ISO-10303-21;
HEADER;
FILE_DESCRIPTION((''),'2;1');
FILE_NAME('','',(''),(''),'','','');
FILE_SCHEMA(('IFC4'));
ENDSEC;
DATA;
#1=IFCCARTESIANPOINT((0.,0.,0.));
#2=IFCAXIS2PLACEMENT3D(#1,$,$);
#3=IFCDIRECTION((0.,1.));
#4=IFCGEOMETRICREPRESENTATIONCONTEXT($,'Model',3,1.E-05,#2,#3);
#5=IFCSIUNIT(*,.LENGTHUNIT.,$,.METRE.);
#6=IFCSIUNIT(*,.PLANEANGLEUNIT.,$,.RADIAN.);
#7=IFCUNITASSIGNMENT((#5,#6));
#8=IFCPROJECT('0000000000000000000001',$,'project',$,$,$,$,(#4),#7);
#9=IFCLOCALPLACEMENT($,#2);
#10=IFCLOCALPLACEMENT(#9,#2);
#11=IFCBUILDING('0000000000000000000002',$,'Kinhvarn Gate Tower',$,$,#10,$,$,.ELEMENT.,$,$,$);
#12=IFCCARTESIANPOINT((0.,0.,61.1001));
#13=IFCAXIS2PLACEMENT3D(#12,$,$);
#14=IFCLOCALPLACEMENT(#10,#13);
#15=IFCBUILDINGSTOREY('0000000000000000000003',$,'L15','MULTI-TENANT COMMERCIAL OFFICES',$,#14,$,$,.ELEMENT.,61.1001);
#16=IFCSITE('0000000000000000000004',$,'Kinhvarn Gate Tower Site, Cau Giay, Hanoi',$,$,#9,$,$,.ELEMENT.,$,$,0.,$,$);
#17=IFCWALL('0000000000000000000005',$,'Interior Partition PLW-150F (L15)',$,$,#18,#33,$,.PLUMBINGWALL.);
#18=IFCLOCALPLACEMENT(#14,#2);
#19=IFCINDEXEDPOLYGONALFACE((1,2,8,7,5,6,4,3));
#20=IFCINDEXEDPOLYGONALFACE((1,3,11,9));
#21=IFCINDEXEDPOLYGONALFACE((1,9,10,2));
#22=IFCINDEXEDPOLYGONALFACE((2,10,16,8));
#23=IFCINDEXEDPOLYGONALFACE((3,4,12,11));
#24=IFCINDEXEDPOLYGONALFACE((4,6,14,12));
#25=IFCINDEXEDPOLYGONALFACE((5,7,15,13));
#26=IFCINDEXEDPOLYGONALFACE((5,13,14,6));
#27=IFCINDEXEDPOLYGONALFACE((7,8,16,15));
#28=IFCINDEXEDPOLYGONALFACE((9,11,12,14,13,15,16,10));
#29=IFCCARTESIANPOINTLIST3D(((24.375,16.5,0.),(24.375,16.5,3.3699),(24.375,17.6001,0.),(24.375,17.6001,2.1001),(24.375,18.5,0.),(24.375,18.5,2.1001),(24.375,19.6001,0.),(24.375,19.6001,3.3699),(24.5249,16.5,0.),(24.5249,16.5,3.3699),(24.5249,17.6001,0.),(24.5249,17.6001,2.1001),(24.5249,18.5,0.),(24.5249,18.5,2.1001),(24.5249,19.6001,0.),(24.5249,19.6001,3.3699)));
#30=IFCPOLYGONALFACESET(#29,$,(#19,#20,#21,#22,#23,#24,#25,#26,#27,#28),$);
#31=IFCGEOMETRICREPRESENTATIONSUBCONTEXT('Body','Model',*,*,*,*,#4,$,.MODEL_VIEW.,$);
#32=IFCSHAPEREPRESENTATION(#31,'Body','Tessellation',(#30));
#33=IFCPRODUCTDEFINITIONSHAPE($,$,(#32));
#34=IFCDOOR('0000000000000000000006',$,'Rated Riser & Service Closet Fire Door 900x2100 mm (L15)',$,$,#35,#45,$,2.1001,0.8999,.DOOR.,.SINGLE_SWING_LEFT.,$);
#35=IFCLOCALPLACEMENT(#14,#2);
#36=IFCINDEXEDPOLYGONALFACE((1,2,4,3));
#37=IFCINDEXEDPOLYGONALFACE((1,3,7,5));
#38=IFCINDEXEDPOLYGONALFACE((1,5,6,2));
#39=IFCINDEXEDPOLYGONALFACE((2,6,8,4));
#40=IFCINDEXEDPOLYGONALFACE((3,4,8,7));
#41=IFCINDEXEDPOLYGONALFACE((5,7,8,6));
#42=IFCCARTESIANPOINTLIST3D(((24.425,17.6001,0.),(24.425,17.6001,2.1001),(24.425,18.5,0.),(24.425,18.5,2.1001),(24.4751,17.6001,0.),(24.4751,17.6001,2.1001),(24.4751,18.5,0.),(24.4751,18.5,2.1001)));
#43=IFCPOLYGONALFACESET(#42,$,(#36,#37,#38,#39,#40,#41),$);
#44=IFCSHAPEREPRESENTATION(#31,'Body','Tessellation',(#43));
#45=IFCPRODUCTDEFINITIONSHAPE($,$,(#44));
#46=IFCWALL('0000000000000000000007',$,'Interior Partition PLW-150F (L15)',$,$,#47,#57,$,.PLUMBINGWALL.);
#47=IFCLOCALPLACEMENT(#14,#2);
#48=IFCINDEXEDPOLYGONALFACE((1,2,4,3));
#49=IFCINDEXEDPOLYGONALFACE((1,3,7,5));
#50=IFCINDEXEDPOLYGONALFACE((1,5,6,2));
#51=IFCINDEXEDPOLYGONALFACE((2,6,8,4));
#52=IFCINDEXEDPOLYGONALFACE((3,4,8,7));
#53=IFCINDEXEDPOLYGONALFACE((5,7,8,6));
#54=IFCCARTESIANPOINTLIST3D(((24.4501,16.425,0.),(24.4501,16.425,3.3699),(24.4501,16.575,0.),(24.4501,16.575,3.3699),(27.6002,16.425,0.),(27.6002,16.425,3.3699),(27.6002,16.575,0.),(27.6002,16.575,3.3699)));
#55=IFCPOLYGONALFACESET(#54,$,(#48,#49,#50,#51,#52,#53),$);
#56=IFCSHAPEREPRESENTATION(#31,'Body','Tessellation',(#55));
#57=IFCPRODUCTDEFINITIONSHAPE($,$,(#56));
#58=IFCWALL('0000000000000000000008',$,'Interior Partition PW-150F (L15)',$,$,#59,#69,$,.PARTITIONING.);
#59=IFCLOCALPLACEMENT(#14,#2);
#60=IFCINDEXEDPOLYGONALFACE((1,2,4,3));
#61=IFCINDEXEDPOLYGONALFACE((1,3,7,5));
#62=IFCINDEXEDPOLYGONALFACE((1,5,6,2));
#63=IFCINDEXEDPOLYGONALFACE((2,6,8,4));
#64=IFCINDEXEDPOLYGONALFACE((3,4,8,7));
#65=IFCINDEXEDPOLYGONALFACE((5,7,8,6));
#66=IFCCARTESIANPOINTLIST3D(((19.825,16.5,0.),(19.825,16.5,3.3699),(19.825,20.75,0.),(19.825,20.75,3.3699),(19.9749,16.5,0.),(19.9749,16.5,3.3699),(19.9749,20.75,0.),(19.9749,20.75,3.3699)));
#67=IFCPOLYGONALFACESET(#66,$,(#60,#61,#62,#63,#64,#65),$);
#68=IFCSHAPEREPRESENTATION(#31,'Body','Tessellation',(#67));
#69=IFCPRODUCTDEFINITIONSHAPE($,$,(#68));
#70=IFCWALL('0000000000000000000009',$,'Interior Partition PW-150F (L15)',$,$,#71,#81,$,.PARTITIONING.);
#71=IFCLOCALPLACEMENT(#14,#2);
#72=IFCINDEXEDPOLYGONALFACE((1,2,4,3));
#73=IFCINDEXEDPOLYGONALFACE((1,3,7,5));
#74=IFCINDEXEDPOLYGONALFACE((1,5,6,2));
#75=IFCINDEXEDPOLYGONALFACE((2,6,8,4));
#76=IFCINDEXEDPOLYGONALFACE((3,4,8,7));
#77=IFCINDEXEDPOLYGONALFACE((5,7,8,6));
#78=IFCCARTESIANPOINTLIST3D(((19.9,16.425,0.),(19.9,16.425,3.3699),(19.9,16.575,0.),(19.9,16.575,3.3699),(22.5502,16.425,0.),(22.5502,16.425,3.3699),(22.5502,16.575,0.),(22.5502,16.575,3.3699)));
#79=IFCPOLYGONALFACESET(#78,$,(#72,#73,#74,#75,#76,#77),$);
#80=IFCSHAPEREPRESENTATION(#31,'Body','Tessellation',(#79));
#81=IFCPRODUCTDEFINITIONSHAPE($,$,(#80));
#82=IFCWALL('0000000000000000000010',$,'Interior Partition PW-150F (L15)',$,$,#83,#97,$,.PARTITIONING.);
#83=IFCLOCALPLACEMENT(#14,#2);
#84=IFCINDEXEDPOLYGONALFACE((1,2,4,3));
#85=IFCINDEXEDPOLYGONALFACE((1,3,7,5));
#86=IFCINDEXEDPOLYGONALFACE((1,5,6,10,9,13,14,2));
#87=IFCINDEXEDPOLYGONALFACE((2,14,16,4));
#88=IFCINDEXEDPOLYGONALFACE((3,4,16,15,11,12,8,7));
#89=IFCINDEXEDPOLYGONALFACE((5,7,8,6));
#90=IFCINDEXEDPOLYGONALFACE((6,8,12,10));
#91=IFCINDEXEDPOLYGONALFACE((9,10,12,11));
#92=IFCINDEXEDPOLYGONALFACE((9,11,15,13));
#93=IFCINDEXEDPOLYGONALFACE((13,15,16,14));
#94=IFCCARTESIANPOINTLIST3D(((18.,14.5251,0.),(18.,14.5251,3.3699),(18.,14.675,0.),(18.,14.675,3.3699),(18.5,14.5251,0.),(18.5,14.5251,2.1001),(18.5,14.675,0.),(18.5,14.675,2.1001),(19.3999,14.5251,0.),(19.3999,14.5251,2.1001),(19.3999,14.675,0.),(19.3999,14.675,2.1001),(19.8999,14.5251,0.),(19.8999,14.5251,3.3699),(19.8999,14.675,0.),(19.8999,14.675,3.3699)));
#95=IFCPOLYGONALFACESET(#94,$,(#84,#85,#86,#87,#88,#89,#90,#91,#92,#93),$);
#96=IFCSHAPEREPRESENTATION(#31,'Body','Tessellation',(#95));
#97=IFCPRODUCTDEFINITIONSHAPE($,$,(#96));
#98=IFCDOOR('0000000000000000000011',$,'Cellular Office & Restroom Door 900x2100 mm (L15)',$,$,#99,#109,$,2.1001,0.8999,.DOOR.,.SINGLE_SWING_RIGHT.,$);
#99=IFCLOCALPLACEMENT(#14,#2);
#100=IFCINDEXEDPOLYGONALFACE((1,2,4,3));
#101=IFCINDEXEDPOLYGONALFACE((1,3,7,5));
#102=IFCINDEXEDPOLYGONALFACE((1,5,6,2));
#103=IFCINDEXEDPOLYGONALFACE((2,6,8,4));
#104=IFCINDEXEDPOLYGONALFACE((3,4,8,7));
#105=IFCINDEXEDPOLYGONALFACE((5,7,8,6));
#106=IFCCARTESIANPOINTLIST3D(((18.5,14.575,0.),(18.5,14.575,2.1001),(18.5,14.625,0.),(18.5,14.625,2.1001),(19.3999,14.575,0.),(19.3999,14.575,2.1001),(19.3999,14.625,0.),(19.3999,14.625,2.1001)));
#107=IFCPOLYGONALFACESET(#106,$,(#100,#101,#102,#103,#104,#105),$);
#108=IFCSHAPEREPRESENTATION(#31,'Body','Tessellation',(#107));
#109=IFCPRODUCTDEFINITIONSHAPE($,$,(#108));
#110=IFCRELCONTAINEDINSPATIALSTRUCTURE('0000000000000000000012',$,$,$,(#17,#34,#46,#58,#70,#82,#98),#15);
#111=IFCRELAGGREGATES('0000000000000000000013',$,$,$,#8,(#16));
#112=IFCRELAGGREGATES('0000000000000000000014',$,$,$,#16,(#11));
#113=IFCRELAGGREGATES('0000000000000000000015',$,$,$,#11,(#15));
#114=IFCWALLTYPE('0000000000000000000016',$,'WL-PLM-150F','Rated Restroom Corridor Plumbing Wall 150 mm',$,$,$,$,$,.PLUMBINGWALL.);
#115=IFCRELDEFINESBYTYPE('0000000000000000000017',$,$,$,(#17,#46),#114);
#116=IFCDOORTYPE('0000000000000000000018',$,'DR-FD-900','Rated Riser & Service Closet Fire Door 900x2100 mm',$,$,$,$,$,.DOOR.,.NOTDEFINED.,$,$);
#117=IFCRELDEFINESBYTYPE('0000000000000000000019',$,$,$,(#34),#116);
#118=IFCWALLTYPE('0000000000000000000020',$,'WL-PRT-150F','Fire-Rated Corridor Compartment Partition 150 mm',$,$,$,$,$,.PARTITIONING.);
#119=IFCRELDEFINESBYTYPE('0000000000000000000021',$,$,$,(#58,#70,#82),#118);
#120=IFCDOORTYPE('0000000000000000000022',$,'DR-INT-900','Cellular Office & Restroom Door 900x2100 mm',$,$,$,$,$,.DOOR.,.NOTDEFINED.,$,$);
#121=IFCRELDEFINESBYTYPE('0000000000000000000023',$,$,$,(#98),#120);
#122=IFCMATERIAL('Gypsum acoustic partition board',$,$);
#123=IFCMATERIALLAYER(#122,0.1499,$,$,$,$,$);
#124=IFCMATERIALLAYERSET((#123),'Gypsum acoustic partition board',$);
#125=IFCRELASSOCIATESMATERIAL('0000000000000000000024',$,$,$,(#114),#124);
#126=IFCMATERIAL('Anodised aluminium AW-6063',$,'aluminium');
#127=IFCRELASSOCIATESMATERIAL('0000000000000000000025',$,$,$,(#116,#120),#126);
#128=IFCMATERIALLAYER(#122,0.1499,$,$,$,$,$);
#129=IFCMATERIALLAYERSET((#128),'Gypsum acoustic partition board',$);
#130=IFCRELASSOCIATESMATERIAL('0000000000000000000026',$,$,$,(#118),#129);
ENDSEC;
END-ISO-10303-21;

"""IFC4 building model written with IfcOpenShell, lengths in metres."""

from ifc_helpers import new_model, si_unit, direction, frame, frame_2d, origin, place, context, subcontext, project, spatial, rectangle, extrude, material, layer, layer_set, type_object, element, fill, save


model = new_model("IFC4")

# Units and contexts
model_context = context("Model", 3, precision=1e-05, world=origin(), true_north=direction((0.0, 1.0)))
body_context = subcontext(model_context, "Body", "Model", "MODEL_VIEW")
ifc_project = project(units=[si_unit("LENGTHUNIT", "METRE"), si_unit("PLANEANGLEUNIT", "RADIAN")], contexts=[model_context])

# Site, building, storey
site_placement = place(None, origin())
site = spatial("IfcSite", under=ifc_project, at=site_placement, Name="Kinhvarn Gate Tower Site, Cau Giay, Hanoi", CompositionType="ELEMENT", RefElevation=0.0)
building_placement = place(site_placement, origin())
building = spatial("IfcBuilding", under=site, at=building_placement, Name="Kinhvarn Gate Tower", CompositionType="ELEMENT")
storey_placement = place(building_placement, frame((0.0, 0.0, 61.1001)))
storey = spatial("IfcBuildingStorey", under=building, at=storey_placement, Name="L15", Description="MULTI-TENANT COMMERCIAL OFFICES", CompositionType="ELEMENT", Elevation=61.1001)

# Wall, opening, door
ifc_material_1 = material(Name="Gypsum acoustic partition board")
ifc_layer_1 = layer(ifc_material_1, 0.1499)
ifc_layer_set_1 = layer_set([ifc_layer_1], Name="Gypsum acoustic partition board")
wall_type_1 = type_object("IfcWallType", Name="WL-PLM-150F", Description="Rated Restroom Corridor Plumbing Wall 150 mm", PredefinedType="PLUMBINGWALL", material=ifc_layer_set_1)
wall_1_placement = place(storey_placement, frame((24.45, 16.5, 0.0), z_axis=(0.0, 0.0, 1.0), x_axis=(0.0, 1.0, 0.0)))
wall_1 = element("IfcWall", 1, at=wall_1_placement, inside=storey, type_object=wall_type_1, Name="Interior Partition PLW-150F (L15)", PredefinedType="PLUMBINGWALL", context=body_context, shape_type="SweptSolid", body=[
    extrude(rectangle(XDim=3.1001, YDim=0.1499, at=frame_2d((1.55, 0.0))), origin(), (0.0, 0.0, 1.0), 3.3699),
])
opening_1_placement = place(wall_1_placement, frame((1.1001, 0.0, 0.0)))
opening_1 = element("IfcOpeningElement", 2, at=opening_1_placement, cuts=wall_1, PredefinedType="OPENING", context=body_context, shape_type="SweptSolid", body=[
    extrude(rectangle(XDim=0.8999, YDim=2.1001, at=frame_2d((0.45, 1.05))), frame((0.0, 0.085, 0.0), z_axis=(0.0, -1.0, 0.0), x_axis=(1.0, 0.0, 0.0)), (0.0, 0.0, 1.0), 0.1699),
])
ifc_material_2 = material(Name="Anodised aluminium AW-6063", Category="aluminium")
door_type_1 = type_object("IfcDoorType", Name="DR-FD-900", Description="Rated Riser & Service Closet Fire Door 900x2100 mm", OperationType="NOTDEFINED", PredefinedType="DOOR", material=ifc_material_2)
door_1_placement = place(opening_1_placement, origin())
door_1 = element("IfcDoor", 3, at=door_1_placement, inside=storey, type_object=door_type_1, Name="Rated Riser & Service Closet Fire Door 900x2100 mm (L15)", OperationType="SINGLE_SWING_LEFT", OverallHeight=2.1001, OverallWidth=0.8999, PredefinedType="DOOR", context=body_context, shape_type="SweptSolid", body=[
    extrude(rectangle(XDim=0.8999, YDim=2.1001, at=frame_2d((0.45, 1.05))), frame((0.0, 0.0249, 0.0), z_axis=(0.0, -1.0, 0.0), x_axis=(1.0, 0.0, 0.0)), (0.0, 0.0, 1.0), 0.05),
])
fill(opening_1, door_1)

# Wall
wall_2_placement = place(storey_placement, frame((24.45, 16.5, 0.0), z_axis=(0.0, 0.0, 1.0), x_axis=(1.0, 0.0, 0.0)))
element("IfcWall", 4, at=wall_2_placement, inside=storey, type_object=wall_type_1, Name="Interior Partition PLW-150F (L15)", PredefinedType="PLUMBINGWALL", context=body_context, shape_type="SweptSolid", body=[
    extrude(rectangle(XDim=3.1501, YDim=0.1499, at=frame_2d((1.5752, 0.0))), origin(), (0.0, 0.0, 1.0), 3.3699),
])

# Shared definitions
ifc_layer_2 = layer(ifc_material_1, 0.1499)
ifc_layer_set_2 = layer_set([ifc_layer_2], Name="Gypsum acoustic partition board")
wall_type_2 = type_object("IfcWallType", Name="WL-PRT-150F", Description="Fire-Rated Corridor Compartment Partition 150 mm", PredefinedType="PARTITIONING", material=ifc_layer_set_2)

# Walls
wall_3_placement = place(storey_placement, frame((19.8999, 16.5, 0.0), z_axis=(0.0, 0.0, 1.0), x_axis=(0.0, 1.0, 0.0)))
element("IfcWall", 5, at=wall_3_placement, inside=storey, type_object=wall_type_2, Name="Interior Partition PW-150F (L15)", PredefinedType="PARTITIONING", context=body_context, shape_type="SweptSolid", body=[
    extrude(rectangle(XDim=4.25, YDim=0.1499, at=frame_2d((2.125, 0.0))), origin(), (0.0, 0.0, 1.0), 3.3699),
])
wall_4_placement = place(storey_placement, frame((19.8999, 16.5, 0.0), z_axis=(0.0, 0.0, 1.0), x_axis=(1.0, 0.0, 0.0)))
element("IfcWall", 6, at=wall_4_placement, inside=storey, type_object=wall_type_2, Name="Interior Partition PW-150F (L15)", PredefinedType="PARTITIONING", context=body_context, shape_type="SweptSolid", body=[
    extrude(rectangle(XDim=2.6501, YDim=0.1499, at=frame_2d((1.3252, 0.0))), origin(), (0.0, 0.0, 1.0), 3.3699),
])

# Wall, opening, door
wall_5_placement = place(storey_placement, frame((18.0, 14.6001, 0.0), z_axis=(0.0, 0.0, 1.0), x_axis=(1.0, 0.0, 0.0)))
wall_5 = element("IfcWall", 7, at=wall_5_placement, inside=storey, type_object=wall_type_2, Name="Interior Partition PW-150F (L15)", PredefinedType="PARTITIONING", context=body_context, shape_type="SweptSolid", body=[
    extrude(rectangle(XDim=1.8999, YDim=0.1499, at=frame_2d((0.95, 0.0))), origin(), (0.0, 0.0, 1.0), 3.3699),
])
opening_2_placement = place(wall_5_placement, frame((0.5, 0.0, 0.0)))
opening_2 = element("IfcOpeningElement", 8, at=opening_2_placement, cuts=wall_5, PredefinedType="OPENING", context=body_context, shape_type="SweptSolid", body=[
    extrude(rectangle(XDim=0.8999, YDim=2.1001, at=frame_2d((0.45, 1.05))), frame((0.0, 0.085, 0.0), z_axis=(0.0, -1.0, 0.0), x_axis=(1.0, 0.0, 0.0)), (0.0, 0.0, 1.0), 0.1699),
])
door_type_2 = type_object("IfcDoorType", Name="DR-INT-900", Description="Cellular Office & Restroom Door 900x2100 mm", OperationType="NOTDEFINED", PredefinedType="DOOR", material=ifc_material_2)
door_2_placement = place(opening_2_placement, origin())
door_2 = element("IfcDoor", 9, at=door_2_placement, inside=storey, type_object=door_type_2, Name="Cellular Office & Restroom Door 900x2100 mm (L15)", OperationType="SINGLE_SWING_RIGHT", OverallHeight=2.1001, OverallWidth=0.8999, PredefinedType="DOOR", context=body_context, shape_type="SweptSolid", body=[
    extrude(rectangle(XDim=0.8999, YDim=2.1001, at=frame_2d((0.45, 1.05))), frame((0.0, 0.0249, 0.0), z_axis=(0.0, -1.0, 0.0), x_axis=(1.0, 0.0, 0.0)), (0.0, 0.0, 1.0), 0.05),
])
fill(opening_2, door_2)

save(model, "model.ifc")
